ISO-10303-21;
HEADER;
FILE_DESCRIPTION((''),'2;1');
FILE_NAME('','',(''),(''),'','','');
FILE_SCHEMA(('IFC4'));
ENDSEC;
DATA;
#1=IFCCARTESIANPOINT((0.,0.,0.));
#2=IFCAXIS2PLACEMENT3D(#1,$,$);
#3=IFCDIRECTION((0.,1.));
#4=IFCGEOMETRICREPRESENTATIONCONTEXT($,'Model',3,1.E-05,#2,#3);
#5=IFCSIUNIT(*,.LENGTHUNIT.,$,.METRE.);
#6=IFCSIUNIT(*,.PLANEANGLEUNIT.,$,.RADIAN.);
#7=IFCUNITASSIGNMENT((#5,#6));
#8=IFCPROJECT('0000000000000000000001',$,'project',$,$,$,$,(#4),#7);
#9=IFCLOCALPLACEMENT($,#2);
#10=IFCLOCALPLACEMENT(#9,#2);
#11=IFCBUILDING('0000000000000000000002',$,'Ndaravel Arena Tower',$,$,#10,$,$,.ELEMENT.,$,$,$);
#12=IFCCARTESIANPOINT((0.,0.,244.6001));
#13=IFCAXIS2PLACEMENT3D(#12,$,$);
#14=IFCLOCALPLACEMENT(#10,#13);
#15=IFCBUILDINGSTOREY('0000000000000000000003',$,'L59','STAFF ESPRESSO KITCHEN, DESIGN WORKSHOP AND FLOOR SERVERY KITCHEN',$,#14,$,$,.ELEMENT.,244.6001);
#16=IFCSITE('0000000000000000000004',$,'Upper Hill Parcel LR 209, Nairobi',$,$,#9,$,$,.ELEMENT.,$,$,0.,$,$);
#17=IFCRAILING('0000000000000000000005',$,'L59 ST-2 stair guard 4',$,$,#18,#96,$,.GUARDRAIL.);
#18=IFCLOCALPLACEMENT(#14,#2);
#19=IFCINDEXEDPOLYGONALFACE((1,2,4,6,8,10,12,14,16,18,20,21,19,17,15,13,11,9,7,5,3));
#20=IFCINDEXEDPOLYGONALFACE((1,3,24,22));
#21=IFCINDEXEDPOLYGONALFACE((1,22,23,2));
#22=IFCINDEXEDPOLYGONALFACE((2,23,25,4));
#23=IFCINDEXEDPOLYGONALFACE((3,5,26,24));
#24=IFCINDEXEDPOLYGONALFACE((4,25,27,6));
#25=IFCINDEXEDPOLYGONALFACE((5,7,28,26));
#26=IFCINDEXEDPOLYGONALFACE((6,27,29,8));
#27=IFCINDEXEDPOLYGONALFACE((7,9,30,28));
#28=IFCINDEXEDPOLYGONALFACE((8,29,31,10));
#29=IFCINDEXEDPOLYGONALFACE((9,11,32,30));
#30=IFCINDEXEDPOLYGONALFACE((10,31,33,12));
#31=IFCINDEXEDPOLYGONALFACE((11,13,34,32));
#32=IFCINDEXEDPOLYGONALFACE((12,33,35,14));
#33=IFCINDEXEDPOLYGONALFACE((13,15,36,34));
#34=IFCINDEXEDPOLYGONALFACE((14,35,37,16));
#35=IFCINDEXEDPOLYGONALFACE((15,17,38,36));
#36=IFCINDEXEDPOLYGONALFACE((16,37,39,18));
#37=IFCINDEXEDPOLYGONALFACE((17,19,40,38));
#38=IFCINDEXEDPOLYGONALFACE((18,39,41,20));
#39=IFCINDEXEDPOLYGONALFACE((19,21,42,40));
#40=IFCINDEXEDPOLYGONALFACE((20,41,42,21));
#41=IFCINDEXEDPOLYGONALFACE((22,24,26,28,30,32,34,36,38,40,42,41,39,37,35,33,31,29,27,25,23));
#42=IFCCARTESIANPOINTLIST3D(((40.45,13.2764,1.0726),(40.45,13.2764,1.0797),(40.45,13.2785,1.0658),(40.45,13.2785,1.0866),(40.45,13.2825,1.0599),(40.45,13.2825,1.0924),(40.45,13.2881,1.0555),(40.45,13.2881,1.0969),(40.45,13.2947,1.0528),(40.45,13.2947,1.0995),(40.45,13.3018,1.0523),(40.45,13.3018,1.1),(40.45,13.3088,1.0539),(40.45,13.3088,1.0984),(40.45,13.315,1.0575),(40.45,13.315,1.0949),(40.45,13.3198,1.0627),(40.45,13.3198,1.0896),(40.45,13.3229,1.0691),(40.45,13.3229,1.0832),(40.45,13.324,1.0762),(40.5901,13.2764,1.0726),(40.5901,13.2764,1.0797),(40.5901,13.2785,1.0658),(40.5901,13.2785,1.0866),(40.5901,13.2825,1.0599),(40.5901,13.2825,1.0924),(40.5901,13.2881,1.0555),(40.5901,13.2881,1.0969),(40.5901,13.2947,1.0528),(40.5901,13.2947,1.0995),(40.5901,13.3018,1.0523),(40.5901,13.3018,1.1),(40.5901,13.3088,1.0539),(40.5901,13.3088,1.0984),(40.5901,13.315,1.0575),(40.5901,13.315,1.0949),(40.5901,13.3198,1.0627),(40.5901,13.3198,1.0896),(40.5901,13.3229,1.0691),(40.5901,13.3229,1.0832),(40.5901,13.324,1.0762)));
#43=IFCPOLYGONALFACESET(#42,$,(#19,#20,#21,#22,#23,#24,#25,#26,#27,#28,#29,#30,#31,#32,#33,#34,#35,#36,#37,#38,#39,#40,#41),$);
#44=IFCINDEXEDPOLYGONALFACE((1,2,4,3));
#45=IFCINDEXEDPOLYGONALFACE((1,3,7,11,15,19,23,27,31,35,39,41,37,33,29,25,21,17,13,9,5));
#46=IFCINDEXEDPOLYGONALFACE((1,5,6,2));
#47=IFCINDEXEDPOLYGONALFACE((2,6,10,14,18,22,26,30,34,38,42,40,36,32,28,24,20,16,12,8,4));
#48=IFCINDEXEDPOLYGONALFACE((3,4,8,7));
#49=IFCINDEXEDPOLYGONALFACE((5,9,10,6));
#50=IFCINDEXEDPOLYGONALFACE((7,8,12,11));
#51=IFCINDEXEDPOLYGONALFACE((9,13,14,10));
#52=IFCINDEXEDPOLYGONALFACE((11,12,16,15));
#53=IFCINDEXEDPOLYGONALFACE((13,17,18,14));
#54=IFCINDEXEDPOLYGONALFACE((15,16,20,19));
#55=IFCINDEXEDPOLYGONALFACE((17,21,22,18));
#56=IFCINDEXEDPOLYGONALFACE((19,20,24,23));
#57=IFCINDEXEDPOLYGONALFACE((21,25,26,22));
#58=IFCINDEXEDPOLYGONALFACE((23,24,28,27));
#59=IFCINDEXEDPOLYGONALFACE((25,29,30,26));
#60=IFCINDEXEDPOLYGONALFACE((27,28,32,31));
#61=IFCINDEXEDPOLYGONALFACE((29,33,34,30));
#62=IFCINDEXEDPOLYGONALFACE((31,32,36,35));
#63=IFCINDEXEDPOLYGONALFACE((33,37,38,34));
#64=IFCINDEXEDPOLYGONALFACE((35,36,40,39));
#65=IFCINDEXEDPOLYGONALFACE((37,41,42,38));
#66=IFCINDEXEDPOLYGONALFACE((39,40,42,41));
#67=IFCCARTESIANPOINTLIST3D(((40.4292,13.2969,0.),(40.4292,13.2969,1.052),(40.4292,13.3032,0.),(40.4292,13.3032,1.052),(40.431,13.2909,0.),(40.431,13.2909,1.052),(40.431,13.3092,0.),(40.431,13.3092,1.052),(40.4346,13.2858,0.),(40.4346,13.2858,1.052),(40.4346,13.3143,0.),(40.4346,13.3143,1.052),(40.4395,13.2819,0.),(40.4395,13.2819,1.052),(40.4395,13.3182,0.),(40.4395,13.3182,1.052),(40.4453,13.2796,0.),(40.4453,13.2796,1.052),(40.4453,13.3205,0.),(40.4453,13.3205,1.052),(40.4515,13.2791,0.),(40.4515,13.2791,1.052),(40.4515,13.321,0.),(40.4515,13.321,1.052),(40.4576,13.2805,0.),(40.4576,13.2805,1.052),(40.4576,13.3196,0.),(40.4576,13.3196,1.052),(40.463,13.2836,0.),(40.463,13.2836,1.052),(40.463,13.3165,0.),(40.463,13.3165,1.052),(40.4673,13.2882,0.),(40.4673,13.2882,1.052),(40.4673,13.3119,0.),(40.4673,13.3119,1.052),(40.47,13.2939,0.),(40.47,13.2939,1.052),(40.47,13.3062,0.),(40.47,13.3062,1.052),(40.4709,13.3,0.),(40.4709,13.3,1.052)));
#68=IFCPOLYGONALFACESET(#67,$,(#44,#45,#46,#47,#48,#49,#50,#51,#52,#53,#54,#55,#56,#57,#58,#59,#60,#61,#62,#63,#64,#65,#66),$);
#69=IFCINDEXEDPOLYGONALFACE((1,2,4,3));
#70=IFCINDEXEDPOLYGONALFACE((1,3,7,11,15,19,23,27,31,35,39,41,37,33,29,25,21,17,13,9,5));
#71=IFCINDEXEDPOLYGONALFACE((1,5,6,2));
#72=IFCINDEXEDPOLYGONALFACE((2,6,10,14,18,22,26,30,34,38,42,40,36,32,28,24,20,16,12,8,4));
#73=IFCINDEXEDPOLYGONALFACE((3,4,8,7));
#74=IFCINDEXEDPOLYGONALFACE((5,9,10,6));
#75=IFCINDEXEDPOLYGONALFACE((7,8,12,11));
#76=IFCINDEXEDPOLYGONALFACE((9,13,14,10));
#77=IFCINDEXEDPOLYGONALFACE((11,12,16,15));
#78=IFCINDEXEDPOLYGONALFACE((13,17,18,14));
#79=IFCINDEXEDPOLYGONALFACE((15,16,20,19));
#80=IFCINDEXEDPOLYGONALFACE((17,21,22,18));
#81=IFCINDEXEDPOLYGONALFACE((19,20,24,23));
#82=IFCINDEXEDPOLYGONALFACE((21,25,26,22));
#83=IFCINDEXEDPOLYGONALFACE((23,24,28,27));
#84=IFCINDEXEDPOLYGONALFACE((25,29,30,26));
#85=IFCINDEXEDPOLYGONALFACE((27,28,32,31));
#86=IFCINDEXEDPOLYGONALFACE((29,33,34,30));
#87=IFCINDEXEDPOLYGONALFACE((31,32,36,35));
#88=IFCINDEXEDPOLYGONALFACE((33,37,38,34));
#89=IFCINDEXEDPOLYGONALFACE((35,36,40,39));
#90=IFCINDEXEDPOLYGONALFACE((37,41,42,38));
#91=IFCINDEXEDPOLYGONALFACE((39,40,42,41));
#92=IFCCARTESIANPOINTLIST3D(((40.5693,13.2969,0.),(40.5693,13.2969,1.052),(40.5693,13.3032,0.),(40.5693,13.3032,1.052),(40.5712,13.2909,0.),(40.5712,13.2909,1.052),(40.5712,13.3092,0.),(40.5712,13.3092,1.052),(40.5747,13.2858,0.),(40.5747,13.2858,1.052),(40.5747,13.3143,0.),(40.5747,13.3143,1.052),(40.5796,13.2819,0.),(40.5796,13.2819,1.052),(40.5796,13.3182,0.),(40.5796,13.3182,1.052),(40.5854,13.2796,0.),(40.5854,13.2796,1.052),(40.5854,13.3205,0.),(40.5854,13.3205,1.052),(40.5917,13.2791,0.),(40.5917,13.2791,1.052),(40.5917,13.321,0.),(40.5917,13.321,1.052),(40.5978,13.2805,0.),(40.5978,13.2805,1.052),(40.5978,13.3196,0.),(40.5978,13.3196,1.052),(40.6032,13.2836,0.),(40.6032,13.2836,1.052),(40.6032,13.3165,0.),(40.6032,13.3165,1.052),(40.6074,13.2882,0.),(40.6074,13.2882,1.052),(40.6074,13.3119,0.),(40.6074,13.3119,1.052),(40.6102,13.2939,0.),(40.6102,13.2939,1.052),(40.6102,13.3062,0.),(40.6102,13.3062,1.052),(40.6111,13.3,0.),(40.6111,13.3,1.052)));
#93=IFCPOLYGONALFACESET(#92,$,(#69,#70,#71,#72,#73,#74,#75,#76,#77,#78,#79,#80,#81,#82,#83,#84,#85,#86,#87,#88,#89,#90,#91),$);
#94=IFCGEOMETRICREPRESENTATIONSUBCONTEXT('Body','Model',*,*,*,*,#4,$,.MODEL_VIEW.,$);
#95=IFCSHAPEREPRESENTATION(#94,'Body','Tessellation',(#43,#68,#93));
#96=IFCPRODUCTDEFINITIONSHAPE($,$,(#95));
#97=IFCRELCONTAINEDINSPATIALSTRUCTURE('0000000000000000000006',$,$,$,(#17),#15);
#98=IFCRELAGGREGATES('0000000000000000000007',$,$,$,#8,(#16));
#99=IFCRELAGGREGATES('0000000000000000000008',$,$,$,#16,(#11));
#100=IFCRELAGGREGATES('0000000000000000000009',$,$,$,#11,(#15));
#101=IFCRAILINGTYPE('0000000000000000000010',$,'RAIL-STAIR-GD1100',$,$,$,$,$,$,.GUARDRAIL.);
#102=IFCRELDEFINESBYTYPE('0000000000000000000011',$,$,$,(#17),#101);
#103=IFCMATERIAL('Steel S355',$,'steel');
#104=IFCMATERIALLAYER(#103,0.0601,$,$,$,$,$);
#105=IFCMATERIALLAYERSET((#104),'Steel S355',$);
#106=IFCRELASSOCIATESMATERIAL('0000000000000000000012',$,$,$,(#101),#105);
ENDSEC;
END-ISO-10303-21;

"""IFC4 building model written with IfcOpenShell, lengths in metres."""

from ifc_helpers import new_model, si_unit, direction, frame, origin, origin_2d, place, context, subcontext, project, spatial, circle, extrude, material, layer, layer_set, type_object, element, save


model = new_model("IFC4")

# Units and contexts
model_context = context("Model", 3, precision=1e-05, world=origin(), true_north=direction((0.0, 1.0)))
body_context = subcontext(model_context, "Body", "Model", "MODEL_VIEW")
ifc_project = project(units=[si_unit("LENGTHUNIT", "METRE"), si_unit("PLANEANGLEUNIT", "RADIAN")], contexts=[model_context])

# Site, building, storey
site_placement = place(None, origin())
site = spatial("IfcSite", under=ifc_project, at=site_placement, Name="Upper Hill Parcel LR 209, Nairobi", CompositionType="ELEMENT", RefElevation=0.0)
building_placement = place(site_placement, origin())
building = spatial("IfcBuilding", under=site, at=building_placement, Name="Ndaravel Arena Tower", CompositionType="ELEMENT")
storey_placement = place(building_placement, frame((0.0, 0.0, 244.6001)))
storey = spatial("IfcBuildingStorey", under=building, at=storey_placement, Name="L59", Description="STAFF ESPRESSO KITCHEN, DESIGN WORKSHOP AND FLOOR SERVERY KITCHEN", CompositionType="ELEMENT", Elevation=244.6001)

# Railing
ifc_material_1 = material(Name="Steel S355", Category="steel")
ifc_layer_1 = layer(ifc_material_1, 0.0601)
ifc_layer_set_1 = layer_set([ifc_layer_1], Name="Steel S355")
railing_type_1 = type_object("IfcRailingType", Name="RAIL-STAIR-GD1100", PredefinedType="GUARDRAIL", material=ifc_layer_set_1)
railing_1_placement = place(storey_placement, frame((40.45, 13.3, 0.0)))
element("IfcRailing", 1, at=railing_1_placement, inside=storey, type_object=railing_type_1, Name="L59 ST-2 stair guard 4", PredefinedType="GUARDRAIL", context=body_context, shape_type="SweptSolid", body=[
    extrude(circle(Radius=0.0239, at=origin_2d()), frame((0.0, 0.0, 1.0762), z_axis=(1.0, 0.0, 0.0), x_axis=(0.0, 1.0, 0.0)), (0.0, 0.0, 1.0), 0.1401),
    extrude(circle(Radius=0.021, at=origin_2d()), origin(), (0.0, 0.0, 1.0), 1.052),
    extrude(circle(Radius=0.021, at=origin_2d()), frame((0.1401, 0.0, 0.0)), (0.0, 0.0, 1.0), 1.052),
])

save(model, "model.ifc")
